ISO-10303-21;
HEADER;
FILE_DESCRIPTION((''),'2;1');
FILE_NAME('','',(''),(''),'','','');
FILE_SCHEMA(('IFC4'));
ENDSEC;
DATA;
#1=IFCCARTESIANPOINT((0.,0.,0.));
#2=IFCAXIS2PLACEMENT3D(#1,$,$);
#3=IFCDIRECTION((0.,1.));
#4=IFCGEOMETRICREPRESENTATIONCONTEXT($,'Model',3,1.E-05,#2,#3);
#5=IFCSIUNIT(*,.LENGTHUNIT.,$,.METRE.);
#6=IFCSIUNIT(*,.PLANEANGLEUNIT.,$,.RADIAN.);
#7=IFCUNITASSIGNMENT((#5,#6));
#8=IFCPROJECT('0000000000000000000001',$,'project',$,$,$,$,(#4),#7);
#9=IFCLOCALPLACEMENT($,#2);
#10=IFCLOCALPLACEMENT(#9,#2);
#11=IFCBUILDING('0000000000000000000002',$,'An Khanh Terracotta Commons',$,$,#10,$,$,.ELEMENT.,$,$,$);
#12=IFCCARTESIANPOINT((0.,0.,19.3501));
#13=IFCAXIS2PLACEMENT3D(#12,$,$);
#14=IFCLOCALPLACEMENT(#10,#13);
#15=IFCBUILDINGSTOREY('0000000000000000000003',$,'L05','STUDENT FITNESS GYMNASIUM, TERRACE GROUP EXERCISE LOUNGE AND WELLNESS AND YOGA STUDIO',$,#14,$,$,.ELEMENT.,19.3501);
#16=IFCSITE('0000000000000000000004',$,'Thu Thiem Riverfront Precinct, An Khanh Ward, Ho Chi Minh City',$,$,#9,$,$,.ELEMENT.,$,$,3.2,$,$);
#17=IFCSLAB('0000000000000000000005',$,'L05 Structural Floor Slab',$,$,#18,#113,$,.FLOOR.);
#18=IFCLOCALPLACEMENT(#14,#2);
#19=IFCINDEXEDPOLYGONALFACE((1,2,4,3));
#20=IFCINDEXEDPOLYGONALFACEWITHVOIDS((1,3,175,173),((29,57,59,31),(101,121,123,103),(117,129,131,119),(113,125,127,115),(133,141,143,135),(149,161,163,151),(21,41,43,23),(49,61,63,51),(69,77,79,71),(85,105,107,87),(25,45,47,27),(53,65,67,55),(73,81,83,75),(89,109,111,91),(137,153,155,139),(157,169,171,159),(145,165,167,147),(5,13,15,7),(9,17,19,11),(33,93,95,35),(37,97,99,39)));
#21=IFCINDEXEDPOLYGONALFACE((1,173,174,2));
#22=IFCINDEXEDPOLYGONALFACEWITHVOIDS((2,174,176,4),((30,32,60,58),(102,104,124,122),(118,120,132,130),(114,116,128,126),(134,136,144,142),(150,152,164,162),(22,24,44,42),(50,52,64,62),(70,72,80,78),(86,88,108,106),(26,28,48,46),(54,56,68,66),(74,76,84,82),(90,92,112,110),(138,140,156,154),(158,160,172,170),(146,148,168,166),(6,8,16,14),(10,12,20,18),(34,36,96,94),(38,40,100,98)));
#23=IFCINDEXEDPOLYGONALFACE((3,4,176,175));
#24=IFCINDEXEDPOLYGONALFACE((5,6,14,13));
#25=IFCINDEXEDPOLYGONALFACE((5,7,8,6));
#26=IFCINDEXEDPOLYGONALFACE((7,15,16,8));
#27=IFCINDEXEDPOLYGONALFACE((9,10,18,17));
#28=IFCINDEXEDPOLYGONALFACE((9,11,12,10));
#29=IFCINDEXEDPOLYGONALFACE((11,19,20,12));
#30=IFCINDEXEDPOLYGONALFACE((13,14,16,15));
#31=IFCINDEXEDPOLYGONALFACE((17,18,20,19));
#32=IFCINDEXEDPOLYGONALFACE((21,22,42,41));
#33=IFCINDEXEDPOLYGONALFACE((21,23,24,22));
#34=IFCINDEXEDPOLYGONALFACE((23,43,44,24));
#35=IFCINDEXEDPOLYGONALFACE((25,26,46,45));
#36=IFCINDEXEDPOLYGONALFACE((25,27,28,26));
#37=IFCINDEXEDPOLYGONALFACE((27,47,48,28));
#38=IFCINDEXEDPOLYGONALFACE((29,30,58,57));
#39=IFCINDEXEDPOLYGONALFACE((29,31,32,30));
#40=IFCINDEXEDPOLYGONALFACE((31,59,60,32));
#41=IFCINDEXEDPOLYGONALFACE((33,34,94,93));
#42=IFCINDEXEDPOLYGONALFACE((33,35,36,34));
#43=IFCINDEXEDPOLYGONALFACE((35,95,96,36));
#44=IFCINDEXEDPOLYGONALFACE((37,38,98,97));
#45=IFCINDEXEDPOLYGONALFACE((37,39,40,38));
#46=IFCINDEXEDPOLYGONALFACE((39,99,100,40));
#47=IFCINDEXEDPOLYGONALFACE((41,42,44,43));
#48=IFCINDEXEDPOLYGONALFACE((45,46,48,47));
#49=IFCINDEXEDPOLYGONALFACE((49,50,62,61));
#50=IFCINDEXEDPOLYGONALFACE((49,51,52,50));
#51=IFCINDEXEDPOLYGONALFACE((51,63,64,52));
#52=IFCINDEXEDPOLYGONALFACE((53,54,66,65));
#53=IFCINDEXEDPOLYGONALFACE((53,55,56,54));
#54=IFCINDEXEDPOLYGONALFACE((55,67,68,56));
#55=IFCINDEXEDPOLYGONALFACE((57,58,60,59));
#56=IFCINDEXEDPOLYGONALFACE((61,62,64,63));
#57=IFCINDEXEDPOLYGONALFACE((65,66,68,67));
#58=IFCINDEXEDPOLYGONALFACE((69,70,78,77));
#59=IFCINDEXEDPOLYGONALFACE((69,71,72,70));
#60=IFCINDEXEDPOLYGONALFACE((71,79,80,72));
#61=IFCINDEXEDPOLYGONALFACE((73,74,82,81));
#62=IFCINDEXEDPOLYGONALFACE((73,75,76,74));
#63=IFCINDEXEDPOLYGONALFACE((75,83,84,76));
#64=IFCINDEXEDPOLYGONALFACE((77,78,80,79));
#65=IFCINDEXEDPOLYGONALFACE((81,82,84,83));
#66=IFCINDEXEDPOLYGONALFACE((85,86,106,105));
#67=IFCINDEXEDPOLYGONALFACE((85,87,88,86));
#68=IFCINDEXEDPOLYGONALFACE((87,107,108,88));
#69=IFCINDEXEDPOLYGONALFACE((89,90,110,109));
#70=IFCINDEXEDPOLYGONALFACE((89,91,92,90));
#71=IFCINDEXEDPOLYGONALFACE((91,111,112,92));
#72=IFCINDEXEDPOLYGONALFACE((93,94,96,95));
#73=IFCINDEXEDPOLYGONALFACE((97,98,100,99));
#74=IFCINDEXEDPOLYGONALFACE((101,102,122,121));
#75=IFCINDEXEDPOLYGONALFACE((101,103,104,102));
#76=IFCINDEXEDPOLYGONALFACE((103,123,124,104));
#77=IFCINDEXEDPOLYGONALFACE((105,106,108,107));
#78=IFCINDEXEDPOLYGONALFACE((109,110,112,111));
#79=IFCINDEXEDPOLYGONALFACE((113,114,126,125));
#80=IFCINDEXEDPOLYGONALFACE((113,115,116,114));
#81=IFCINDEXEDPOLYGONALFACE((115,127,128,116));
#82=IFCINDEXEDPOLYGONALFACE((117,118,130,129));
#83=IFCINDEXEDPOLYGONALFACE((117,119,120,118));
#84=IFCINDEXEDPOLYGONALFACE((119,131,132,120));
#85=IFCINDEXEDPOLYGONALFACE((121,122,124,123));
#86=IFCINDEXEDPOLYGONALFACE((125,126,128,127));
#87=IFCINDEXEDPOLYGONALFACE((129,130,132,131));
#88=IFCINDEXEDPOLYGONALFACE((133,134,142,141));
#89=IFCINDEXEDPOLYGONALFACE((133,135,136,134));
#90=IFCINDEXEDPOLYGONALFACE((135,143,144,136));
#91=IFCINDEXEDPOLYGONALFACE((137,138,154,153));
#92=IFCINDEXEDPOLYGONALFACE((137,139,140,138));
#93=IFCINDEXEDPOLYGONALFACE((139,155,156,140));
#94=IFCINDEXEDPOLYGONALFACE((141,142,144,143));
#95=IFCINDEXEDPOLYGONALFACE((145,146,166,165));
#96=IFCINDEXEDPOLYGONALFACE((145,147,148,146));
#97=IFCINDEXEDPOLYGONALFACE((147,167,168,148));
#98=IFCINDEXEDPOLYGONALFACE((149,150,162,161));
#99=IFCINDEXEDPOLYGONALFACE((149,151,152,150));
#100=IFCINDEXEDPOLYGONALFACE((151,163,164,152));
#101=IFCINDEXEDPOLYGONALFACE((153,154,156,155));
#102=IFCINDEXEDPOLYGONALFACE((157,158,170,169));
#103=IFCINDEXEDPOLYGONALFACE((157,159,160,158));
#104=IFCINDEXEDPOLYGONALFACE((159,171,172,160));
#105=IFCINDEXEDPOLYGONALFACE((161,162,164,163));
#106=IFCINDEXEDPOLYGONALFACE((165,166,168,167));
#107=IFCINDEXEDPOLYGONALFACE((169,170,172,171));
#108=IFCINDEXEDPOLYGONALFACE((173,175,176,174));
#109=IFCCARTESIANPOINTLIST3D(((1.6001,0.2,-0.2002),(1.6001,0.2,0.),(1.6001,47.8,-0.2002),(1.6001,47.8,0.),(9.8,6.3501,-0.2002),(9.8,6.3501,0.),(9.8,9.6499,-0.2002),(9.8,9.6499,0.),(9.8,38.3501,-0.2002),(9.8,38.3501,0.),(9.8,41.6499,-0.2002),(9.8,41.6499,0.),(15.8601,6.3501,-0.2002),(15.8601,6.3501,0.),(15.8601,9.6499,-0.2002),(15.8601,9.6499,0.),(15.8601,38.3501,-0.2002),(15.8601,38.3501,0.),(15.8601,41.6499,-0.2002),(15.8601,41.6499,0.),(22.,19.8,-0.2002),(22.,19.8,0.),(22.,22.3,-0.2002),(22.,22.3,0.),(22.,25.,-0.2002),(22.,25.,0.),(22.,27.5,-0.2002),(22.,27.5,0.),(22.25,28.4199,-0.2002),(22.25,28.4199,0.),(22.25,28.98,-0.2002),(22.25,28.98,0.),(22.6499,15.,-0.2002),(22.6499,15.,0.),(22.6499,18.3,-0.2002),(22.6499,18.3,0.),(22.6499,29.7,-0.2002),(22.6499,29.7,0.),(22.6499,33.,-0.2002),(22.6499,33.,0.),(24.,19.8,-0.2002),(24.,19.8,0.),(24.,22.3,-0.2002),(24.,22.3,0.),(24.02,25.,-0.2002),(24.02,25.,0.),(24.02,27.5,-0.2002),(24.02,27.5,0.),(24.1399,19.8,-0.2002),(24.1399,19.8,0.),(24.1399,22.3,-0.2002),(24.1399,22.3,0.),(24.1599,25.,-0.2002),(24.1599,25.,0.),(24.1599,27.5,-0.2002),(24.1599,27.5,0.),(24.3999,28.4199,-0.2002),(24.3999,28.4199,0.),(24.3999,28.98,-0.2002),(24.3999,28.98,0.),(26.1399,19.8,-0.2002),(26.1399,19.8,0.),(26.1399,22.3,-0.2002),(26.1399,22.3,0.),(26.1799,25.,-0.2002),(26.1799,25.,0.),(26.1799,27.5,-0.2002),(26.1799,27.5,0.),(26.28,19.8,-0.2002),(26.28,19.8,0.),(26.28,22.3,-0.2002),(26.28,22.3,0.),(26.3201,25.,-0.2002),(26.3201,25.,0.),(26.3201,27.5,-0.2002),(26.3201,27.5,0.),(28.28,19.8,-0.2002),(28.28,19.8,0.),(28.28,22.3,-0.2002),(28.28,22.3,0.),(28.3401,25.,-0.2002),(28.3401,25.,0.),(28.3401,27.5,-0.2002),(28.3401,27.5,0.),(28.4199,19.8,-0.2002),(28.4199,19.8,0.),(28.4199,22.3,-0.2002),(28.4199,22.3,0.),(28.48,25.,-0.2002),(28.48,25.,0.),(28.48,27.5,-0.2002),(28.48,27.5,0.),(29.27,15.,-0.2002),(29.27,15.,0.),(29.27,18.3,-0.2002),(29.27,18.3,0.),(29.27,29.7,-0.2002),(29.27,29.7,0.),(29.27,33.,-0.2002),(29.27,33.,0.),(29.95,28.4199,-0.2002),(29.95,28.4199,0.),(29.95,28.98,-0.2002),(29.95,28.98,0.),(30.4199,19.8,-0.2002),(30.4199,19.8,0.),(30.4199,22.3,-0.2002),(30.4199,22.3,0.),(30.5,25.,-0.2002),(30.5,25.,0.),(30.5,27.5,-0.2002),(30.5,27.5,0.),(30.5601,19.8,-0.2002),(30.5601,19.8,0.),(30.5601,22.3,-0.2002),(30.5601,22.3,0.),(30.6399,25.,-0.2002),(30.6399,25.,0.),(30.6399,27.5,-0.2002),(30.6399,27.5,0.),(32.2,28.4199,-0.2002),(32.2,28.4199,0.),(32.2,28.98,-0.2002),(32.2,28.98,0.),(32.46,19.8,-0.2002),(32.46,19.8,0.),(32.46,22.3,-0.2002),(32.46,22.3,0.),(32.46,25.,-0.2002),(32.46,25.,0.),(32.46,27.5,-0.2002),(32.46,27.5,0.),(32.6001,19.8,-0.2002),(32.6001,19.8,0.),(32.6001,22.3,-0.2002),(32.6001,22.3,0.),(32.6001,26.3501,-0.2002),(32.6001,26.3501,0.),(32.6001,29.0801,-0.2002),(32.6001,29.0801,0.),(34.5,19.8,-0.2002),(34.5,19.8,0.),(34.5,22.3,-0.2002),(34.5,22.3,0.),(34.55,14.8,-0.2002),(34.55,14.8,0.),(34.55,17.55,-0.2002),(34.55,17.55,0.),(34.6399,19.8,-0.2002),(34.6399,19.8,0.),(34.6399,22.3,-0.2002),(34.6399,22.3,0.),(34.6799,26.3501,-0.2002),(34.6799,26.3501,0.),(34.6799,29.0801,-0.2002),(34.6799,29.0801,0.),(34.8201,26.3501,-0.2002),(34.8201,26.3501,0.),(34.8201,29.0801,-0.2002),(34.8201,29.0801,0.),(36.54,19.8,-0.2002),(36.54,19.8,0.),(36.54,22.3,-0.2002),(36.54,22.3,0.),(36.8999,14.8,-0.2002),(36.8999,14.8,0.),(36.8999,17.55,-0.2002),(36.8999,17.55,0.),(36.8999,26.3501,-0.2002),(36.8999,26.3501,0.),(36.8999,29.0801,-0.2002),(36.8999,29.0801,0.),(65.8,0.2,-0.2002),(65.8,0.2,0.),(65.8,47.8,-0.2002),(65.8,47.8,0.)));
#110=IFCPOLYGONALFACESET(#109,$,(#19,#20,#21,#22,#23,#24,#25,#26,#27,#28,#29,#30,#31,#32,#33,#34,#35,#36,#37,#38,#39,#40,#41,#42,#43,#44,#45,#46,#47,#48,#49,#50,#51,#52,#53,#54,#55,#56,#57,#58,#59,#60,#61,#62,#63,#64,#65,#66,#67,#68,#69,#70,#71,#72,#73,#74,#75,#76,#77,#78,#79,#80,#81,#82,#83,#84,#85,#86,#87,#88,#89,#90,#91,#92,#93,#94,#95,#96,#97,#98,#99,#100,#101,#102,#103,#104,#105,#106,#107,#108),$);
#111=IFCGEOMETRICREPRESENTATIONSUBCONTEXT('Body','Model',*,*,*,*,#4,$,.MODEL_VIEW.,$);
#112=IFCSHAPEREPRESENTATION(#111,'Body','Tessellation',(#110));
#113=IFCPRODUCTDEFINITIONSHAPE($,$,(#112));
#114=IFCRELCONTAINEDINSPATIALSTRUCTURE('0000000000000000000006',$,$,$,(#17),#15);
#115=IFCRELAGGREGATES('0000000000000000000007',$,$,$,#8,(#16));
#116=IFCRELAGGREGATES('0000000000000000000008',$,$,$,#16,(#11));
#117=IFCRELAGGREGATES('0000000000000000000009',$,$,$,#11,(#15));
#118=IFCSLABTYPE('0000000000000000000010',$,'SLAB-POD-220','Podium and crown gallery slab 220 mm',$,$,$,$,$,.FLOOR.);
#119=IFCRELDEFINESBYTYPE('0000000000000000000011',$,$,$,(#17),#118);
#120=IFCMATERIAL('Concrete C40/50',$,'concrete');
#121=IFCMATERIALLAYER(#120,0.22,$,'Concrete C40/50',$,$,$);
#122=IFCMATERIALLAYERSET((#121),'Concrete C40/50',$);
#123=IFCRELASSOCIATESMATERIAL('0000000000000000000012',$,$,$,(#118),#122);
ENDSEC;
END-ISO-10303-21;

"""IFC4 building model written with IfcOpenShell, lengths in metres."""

from ifc_helpers import new_model, si_unit, direction, frame, origin, place, context, subcontext, project, spatial, polyline, outline, extrude, material, layer, layer_set, type_object, element, save


model = new_model("IFC4")

# Units and contexts
model_context = context("Model", 3, precision=1e-05, world=origin(), true_north=direction((0.0, 1.0)))
body_context = subcontext(model_context, "Body", "Model", "MODEL_VIEW")
ifc_project = project(units=[si_unit("LENGTHUNIT", "METRE"), si_unit("PLANEANGLEUNIT", "RADIAN")], contexts=[model_context])

# Site, building, storey
site_placement = place(None, origin())
site = spatial("IfcSite", under=ifc_project, at=site_placement, Name="Thu Thiem Riverfront Precinct, An Khanh Ward, Ho Chi Minh City", CompositionType="ELEMENT", RefElevation=3.2)
building_placement = place(site_placement, origin())
building = spatial("IfcBuilding", under=site, at=building_placement, Name="An Khanh Terracotta Commons", CompositionType="ELEMENT")
storey_placement = place(building_placement, frame((0.0, 0.0, 19.3501)))
storey = spatial("IfcBuildingStorey", under=building, at=storey_placement, Name="L05", Description="STUDENT FITNESS GYMNASIUM, TERRACE GROUP EXERCISE LOUNGE AND WELLNESS AND YOGA STUDIO", CompositionType="ELEMENT", Elevation=19.3501)

# Shared definitions
ifc_material_1 = material(Name="Concrete C40/50", Category="concrete")

# Slab
ifc_layer_1 = layer(ifc_material_1, 0.22, Name="Concrete C40/50")
ifc_layer_set_1 = layer_set([ifc_layer_1], Name="Concrete C40/50")
slab_type_1 = type_object("IfcSlabType", Name="SLAB-POD-220", Description="Podium and crown gallery slab 220 mm", PredefinedType="FLOOR", material=ifc_layer_set_1)
slab_1_placement = place(storey_placement, frame((0.0, 0.0, -0.2002)))
element("IfcSlab", 1, at=slab_1_placement, inside=storey, type_object=slab_type_1, Name="L05 Structural Floor Slab", PredefinedType="FLOOR", context=body_context, shape_type="SweptSolid", body=[
    extrude(outline(polyline([(1.6001, 0.2), (65.8, 0.2), (65.8, 47.8), (1.6001, 47.8), (1.6001, 0.2)]), holes=[polyline([(22.6499, 29.7), (29.27, 29.7), (29.27, 33.0), (22.6499, 33.0), (22.6499, 29.7)]), polyline([(22.6499, 15.0), (29.27, 15.0), (29.27, 18.3), (22.6499, 18.3), (22.6499, 15.0)]), polyline([(9.8, 6.3501), (15.8601, 6.3501), (15.8601, 9.6499), (9.8, 9.6499), (9.8, 6.3501)]), polyline([(9.8, 38.3501), (15.8601, 38.3501), (15.8601, 41.6499), (9.8, 41.6499), (9.8, 38.3501)]), polyline([(32.6001, 26.3501), (34.6799, 26.3501), (34.6799, 29.0801), (32.6001, 29.0801), (32.6001, 26.3501)]), polyline([(34.8201, 26.3501), (36.8999, 26.3501), (36.8999, 29.0801), (34.8201, 29.0801), (34.8201, 26.3501)]), polyline([(34.55, 14.8), (36.8999, 14.8), (36.8999, 17.55), (34.55, 17.55), (34.55, 14.8)]), polyline([(22.0, 25.0), (24.02, 25.0), (24.02, 27.5), (22.0, 27.5), (22.0, 25.0)]), polyline([(24.1599, 25.0), (26.1799, 25.0), (26.1799, 27.5), (24.1599, 27.5), (24.1599, 25.0)]), polyline([(22.0, 19.8), (24.0, 19.8), (24.0, 22.3), (22.0, 22.3), (22.0, 19.8)]), polyline([(24.1399, 19.8), (26.1399, 19.8), (26.1399, 22.3), (24.1399, 22.3), (24.1399, 19.8)]), polyline([(26.3201, 25.0), (28.3401, 25.0), (28.3401, 27.5), (26.3201, 27.5), (26.3201, 25.0)]), polyline([(28.48, 25.0), (30.5, 25.0), (30.5, 27.5), (28.48, 27.5), (28.48, 25.0)]), polyline([(26.28, 19.8), (28.28, 19.8), (28.28, 22.3), (26.28, 22.3), (26.28, 19.8)]), polyline([(28.4199, 19.8), (30.4199, 19.8), (30.4199, 22.3), (28.4199, 22.3), (28.4199, 19.8)]), polyline([(30.6399, 25.0), (32.46, 25.0), (32.46, 27.5), (30.6399, 27.5), (30.6399, 25.0)]), polyline([(30.5601, 19.8), (32.46, 19.8), (32.46, 22.3), (30.5601, 22.3), (30.5601, 19.8)]), polyline([(32.6001, 19.8), (34.5, 19.8), (34.5, 22.3), (32.6001, 22.3), (32.6001, 19.8)]), polyline([(34.6399, 19.8), (36.54, 19.8), (36.54, 22.3), (34.6399, 22.3), (34.6399, 19.8)]), polyline([(22.25, 28.4199), (24.3999, 28.4199), (24.3999, 28.98), (22.25, 28.98), (22.25, 28.4199)]), polyline([(29.95, 28.4199), (32.2, 28.4199), (32.2, 28.98), (29.95, 28.98), (29.95, 28.4199)])]), origin(), (0.0, 0.0, 1.0), 0.2002),
])

save(model, "model.ifc")
